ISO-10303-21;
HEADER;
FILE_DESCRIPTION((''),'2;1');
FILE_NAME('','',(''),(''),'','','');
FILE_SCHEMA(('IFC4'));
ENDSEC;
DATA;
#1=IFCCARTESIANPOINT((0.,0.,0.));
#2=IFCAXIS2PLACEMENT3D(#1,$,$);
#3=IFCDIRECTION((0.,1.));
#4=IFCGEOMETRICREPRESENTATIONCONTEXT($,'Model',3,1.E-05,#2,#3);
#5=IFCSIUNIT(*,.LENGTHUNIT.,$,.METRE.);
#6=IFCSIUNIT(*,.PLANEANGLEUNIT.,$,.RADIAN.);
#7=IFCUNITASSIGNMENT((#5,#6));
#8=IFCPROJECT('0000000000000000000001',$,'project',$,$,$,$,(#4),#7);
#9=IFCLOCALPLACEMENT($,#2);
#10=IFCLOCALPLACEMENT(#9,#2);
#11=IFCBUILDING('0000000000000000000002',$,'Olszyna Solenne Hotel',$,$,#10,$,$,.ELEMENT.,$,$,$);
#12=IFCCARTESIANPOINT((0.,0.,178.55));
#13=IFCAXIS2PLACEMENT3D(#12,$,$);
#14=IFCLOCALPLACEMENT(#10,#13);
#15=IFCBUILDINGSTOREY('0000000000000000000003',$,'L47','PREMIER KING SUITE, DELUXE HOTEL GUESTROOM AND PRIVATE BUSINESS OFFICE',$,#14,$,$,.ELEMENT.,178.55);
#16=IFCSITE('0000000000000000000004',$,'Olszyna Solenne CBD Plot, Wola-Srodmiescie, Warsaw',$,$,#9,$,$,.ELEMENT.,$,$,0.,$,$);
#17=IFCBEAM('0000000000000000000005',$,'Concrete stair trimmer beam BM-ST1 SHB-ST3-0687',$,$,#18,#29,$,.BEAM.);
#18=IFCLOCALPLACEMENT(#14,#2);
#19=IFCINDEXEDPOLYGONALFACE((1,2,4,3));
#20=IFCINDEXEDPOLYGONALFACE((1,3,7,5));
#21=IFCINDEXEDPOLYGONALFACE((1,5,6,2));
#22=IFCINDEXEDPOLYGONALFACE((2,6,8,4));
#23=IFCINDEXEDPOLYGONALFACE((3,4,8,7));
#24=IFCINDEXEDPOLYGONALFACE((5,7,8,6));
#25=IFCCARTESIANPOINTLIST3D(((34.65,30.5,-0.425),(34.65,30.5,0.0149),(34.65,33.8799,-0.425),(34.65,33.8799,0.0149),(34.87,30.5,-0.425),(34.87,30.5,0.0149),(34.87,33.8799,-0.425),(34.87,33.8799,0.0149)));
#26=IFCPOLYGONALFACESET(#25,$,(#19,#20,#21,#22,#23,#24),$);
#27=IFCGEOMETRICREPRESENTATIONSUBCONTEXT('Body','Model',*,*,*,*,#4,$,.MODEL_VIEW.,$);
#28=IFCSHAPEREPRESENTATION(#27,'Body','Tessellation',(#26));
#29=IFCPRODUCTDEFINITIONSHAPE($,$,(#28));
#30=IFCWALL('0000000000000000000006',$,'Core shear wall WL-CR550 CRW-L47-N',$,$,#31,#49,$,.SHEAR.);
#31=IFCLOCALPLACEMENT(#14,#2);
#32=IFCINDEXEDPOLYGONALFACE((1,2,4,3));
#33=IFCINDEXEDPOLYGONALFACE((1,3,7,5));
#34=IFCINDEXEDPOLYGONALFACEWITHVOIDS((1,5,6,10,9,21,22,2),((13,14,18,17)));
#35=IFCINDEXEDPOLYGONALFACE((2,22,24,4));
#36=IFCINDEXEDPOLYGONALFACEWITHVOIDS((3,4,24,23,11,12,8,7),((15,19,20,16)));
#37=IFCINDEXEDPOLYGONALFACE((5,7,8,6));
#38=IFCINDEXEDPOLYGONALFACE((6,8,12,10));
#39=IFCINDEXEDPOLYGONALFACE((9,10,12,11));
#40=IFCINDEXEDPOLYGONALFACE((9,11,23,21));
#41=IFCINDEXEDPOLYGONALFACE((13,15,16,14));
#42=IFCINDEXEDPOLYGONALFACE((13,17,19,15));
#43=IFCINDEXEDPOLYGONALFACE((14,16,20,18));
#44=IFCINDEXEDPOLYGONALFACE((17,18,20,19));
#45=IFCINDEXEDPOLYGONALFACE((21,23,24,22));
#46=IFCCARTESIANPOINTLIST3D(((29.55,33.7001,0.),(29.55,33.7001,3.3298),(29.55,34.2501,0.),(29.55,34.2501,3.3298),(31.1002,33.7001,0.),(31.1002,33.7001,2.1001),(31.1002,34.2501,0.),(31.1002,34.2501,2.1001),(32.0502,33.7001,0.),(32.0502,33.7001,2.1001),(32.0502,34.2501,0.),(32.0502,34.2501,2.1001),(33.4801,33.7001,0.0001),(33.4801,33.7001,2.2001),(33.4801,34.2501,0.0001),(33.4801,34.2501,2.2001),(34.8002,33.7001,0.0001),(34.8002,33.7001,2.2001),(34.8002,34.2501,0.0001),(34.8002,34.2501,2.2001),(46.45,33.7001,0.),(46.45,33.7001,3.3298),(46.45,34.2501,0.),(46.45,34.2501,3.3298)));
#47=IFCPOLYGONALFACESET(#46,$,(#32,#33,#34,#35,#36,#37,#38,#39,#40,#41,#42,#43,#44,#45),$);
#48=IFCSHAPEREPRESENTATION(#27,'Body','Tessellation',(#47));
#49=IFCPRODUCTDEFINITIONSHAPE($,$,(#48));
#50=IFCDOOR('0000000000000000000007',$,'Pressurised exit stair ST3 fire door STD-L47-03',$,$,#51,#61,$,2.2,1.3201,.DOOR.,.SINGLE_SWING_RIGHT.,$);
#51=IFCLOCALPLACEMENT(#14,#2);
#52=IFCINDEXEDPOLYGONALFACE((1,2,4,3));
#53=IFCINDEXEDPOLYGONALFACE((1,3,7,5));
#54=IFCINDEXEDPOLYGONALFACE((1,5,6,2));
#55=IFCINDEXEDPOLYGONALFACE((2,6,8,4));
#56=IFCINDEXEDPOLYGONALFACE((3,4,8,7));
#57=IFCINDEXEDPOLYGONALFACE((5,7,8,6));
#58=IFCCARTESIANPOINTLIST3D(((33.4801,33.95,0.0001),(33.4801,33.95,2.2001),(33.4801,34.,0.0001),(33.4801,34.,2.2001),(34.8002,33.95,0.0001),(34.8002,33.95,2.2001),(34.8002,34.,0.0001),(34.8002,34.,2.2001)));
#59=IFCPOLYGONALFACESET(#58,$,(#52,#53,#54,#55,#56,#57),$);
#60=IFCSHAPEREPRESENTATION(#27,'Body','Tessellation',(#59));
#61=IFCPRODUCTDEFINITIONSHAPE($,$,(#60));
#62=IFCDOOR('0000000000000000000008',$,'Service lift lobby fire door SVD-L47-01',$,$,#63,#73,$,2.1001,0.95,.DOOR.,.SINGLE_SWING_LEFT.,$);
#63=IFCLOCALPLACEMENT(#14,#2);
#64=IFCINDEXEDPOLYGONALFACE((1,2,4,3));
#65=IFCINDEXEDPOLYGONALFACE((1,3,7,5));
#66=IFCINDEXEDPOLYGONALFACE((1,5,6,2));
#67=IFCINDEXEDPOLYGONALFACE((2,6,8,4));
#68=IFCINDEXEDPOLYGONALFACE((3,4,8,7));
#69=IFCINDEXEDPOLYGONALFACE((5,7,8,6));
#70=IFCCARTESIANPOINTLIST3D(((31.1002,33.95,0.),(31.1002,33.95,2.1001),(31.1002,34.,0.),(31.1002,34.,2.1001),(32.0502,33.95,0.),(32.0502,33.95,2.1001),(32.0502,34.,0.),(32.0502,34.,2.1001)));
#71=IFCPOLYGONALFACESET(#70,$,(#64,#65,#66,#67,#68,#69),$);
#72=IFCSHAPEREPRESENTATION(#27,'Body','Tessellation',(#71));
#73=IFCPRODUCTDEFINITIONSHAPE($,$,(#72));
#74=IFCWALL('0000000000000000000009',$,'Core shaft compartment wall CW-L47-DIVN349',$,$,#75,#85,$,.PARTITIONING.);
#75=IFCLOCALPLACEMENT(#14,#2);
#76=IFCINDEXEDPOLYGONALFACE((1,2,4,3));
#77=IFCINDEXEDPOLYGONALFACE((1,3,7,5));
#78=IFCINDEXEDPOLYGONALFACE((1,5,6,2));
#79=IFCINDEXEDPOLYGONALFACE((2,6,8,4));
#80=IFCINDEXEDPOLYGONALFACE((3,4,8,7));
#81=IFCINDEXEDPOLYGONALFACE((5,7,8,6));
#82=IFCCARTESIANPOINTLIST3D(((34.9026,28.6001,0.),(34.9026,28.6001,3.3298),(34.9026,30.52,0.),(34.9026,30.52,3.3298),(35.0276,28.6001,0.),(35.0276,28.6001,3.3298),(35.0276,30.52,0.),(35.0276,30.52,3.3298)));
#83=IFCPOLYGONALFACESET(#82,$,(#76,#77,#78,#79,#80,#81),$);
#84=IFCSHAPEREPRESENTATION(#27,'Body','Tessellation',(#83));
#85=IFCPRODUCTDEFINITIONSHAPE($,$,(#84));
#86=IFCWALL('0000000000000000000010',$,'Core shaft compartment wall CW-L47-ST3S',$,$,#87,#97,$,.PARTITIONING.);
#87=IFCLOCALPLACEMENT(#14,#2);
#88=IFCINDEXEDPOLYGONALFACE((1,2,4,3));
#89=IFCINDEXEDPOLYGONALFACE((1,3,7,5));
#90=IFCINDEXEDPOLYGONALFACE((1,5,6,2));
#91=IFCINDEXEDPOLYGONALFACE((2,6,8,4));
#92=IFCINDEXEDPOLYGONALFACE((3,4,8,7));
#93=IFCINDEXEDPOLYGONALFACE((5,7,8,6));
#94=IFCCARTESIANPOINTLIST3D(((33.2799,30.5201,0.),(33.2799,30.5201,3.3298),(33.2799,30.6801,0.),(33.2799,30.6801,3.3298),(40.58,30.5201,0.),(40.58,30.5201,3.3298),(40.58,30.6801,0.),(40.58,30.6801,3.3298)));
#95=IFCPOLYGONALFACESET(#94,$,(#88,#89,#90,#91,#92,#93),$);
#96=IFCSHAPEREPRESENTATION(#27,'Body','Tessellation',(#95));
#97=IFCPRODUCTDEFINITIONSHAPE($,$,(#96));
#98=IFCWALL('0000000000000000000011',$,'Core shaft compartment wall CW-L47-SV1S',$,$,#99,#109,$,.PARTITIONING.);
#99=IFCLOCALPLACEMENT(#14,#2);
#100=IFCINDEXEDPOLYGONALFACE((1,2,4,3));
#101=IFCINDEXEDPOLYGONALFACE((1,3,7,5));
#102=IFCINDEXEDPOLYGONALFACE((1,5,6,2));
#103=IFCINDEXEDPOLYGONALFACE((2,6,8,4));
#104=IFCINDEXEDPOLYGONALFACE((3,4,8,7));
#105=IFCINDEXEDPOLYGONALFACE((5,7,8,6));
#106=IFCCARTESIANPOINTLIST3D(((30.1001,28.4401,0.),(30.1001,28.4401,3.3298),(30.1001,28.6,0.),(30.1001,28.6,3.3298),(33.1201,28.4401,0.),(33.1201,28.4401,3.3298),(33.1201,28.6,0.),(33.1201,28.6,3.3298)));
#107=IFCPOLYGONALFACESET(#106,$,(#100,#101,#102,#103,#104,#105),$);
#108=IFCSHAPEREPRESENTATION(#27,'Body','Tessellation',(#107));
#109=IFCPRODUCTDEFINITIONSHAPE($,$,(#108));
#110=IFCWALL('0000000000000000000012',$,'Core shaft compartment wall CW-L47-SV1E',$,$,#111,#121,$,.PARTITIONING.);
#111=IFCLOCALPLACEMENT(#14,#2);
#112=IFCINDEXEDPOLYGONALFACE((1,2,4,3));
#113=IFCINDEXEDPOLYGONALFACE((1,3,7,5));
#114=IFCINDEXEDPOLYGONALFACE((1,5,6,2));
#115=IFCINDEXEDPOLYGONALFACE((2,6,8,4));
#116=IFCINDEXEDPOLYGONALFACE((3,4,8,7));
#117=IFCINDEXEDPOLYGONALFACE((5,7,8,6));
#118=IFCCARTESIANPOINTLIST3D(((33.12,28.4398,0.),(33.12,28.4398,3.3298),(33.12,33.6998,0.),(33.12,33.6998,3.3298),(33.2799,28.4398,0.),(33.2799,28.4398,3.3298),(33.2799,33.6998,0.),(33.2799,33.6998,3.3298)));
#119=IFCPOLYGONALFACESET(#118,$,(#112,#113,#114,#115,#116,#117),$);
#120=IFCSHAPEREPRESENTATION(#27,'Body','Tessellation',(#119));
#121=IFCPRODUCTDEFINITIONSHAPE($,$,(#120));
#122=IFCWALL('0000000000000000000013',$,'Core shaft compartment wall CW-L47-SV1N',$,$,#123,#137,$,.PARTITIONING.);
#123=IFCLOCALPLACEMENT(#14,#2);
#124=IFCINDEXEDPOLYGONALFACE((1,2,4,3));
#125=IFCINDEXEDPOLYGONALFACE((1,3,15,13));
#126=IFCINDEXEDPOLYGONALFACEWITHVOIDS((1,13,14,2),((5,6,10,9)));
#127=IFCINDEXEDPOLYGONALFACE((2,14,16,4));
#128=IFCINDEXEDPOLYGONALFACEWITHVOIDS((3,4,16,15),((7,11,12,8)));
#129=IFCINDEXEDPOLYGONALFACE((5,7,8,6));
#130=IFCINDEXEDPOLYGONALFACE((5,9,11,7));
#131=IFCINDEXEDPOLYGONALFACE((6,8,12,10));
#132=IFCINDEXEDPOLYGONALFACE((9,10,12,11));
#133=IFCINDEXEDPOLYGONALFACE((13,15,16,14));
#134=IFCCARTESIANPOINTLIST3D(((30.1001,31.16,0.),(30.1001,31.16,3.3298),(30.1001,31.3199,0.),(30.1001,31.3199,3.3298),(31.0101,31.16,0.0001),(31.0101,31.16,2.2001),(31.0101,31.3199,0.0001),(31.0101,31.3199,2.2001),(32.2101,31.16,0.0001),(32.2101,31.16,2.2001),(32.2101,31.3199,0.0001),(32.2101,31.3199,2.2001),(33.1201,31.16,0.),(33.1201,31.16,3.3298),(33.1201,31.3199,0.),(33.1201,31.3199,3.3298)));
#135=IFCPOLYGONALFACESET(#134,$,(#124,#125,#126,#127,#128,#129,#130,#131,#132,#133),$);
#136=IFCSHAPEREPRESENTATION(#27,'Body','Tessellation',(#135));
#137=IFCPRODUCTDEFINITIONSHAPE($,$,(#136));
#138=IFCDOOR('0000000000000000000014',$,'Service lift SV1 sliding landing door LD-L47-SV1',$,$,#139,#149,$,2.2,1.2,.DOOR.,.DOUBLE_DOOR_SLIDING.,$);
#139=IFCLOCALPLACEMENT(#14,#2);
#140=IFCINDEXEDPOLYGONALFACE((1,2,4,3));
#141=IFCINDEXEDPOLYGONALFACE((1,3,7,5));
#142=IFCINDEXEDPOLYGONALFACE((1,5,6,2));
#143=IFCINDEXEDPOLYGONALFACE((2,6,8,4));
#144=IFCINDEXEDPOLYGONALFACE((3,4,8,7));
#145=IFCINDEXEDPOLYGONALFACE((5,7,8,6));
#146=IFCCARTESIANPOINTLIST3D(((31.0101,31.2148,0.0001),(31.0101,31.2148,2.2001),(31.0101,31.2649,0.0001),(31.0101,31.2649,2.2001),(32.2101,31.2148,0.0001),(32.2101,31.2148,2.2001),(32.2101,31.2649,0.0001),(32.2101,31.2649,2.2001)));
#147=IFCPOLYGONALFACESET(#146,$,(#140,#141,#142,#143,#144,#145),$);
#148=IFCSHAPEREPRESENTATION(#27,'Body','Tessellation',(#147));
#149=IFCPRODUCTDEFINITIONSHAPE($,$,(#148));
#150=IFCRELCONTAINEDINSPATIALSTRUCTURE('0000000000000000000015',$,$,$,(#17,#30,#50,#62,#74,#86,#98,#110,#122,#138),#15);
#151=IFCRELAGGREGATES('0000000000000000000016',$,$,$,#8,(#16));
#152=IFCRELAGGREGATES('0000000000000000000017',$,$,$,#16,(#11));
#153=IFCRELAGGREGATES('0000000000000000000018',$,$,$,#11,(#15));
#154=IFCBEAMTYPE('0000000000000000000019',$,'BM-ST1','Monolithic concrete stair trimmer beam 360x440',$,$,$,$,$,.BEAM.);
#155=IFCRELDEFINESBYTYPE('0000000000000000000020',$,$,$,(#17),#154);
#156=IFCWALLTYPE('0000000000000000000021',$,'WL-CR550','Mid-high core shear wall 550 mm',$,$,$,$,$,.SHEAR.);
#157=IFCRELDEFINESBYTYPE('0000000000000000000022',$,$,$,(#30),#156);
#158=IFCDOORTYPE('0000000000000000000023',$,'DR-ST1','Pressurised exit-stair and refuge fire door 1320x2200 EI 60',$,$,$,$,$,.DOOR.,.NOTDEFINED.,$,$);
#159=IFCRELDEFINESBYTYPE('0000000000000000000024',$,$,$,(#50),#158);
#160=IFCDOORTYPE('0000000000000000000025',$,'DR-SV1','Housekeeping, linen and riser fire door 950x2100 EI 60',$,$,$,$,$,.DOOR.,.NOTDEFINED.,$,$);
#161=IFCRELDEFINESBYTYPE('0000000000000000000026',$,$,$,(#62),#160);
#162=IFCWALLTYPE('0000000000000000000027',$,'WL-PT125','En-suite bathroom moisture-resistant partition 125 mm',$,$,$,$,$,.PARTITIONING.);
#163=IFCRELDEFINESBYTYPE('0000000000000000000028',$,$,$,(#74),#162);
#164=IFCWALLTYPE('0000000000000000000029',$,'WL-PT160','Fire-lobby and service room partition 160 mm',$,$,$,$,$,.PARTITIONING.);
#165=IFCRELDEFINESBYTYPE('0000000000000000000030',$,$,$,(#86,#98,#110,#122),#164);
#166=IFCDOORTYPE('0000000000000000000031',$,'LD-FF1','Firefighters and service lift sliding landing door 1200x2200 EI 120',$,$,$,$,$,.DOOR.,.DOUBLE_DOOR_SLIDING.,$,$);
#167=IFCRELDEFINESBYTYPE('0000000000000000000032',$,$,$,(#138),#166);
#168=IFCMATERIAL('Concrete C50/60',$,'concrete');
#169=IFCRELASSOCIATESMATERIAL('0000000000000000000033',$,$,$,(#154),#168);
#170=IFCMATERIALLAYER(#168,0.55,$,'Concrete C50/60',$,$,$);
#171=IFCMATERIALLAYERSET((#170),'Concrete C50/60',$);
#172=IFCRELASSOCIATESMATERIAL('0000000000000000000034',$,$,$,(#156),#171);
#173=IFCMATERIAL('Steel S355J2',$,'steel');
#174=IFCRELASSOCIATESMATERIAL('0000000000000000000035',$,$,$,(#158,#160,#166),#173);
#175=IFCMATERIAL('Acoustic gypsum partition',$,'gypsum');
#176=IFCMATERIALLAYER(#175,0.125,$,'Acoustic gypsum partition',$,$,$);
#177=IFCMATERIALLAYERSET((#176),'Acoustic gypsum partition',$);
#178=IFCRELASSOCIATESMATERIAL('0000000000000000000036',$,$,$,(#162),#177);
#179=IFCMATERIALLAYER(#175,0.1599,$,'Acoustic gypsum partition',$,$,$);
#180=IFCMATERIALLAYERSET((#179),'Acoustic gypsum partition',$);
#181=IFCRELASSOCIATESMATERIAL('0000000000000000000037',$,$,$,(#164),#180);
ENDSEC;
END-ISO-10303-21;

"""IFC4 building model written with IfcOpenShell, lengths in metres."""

from ifc_helpers import new_model, si_unit, direction, frame, frame_2d, origin, origin_2d, place, context, subcontext, project, spatial, rectangle, extrude, source, transform, mapped, material, layer, layer_set, material_profile, profile_set, type_object, type_shapes, element, fill, save


model = new_model("IFC4")

# Units and contexts
model_context = context("Model", 3, precision=1e-05, world=origin(), true_north=direction((0.0, 1.0)))
body_context = subcontext(model_context, "Body", "Model", "MODEL_VIEW")
ifc_project = project(units=[si_unit("LENGTHUNIT", "METRE"), si_unit("PLANEANGLEUNIT", "RADIAN")], contexts=[model_context])

# Site, building, storey
site_placement = place(None, origin())
site = spatial("IfcSite", under=ifc_project, at=site_placement, Name="Olszyna Solenne CBD Plot, Wola-Srodmiescie, Warsaw", CompositionType="ELEMENT", RefElevation=0.0)
building_placement = place(site_placement, origin())
building = spatial("IfcBuilding", under=site, at=building_placement, Name="Olszyna Solenne Hotel", CompositionType="ELEMENT")
storey_placement = place(building_placement, frame((0.0, 0.0, 178.55)))
storey = spatial("IfcBuildingStorey", under=building, at=storey_placement, Name="L47", Description="PREMIER KING SUITE, DELUXE HOTEL GUESTROOM AND PRIVATE BUSINESS OFFICE", CompositionType="ELEMENT", Elevation=178.55)

# Beam
ifc_material_1 = material(Name="Concrete C50/60", Category="concrete")
ifc_material_profile = material_profile(ifc_material_1, rectangle(XDim=0.22, YDim=0.4399, at=origin_2d()), Name="RC 220x440", Category="load-bearing")
ifc_profile_set = profile_set([ifc_material_profile], Name="Concrete C50/60")
beam_type = type_object("IfcBeamType", Name="BM-ST1", Description="Monolithic concrete stair trimmer beam 360x440", PredefinedType="BEAM", material=ifc_profile_set)
shared_shape_1 = source(origin(), body_context, "Body", "SweptSolid", [
    extrude(rectangle(XDim=0.22, YDim=0.4399, at=origin_2d()), origin(), (0.0, 0.0, 1.0), 3.3799),
])
beam_placement = place(storey_placement, frame((34.76, 30.5, -0.2051), z_axis=(0.0, 1.0, 0.0), x_axis=(-1.0, 0.0, 0.0)))
element("IfcBeam", 1, at=beam_placement, inside=storey, type_object=beam_type, Name="Concrete stair trimmer beam BM-ST1 SHB-ST3-0687", PredefinedType="BEAM", context=body_context, shape_type="MappedRepresentation", body=[
    mapped(shared_shape_1, transform((0.0, 0.0, 0.0), x_axis=(1.0, 0.0, 0.0), y_axis=(0.0, 1.0, 0.0), z_axis=(0.0, 0.0, 1.0), scale=1.0)),
])

# Wall, openings, doors
ifc_layer_1 = layer(ifc_material_1, 0.55, Name="Concrete C50/60")
ifc_layer_set_1 = layer_set([ifc_layer_1], Name="Concrete C50/60")
wall_type_1 = type_object("IfcWallType", Name="WL-CR550", Description="Mid-high core shear wall 550 mm", PredefinedType="SHEAR", material=ifc_layer_set_1)
wall_1_placement = place(storey_placement, frame((29.55, 33.9751, 0.0), z_axis=(0.0, 0.0, 1.0), x_axis=(1.0, 0.0, 0.0)))
wall_1 = element("IfcWall", 2, at=wall_1_placement, inside=storey, type_object=wall_type_1, Name="Core shear wall WL-CR550 CRW-L47-N", PredefinedType="SHEAR", context=body_context, shape_type="SweptSolid", body=[
    extrude(rectangle(XDim=16.8999, YDim=0.55, at=frame_2d((8.45, 0.0))), origin(), (0.0, 0.0, 1.0), 3.3298),
])
opening_1_placement = place(wall_1_placement, frame((1.55, 0.0, 0.0)))
opening_1 = element("IfcOpeningElement", 3, at=opening_1_placement, cuts=wall_1, PredefinedType="OPENING", context=body_context, shape_type="SweptSolid", body=[
    extrude(rectangle(XDim=0.95, YDim=2.1001, at=frame_2d((0.4751, 1.05))), frame((0.0, 0.2852, 0.0), z_axis=(0.0, -1.0, 0.0), x_axis=(1.0, 0.0, 0.0)), (0.0, 0.0, 1.0), 0.5701),
])
opening_2_placement = place(wall_1_placement, frame((3.9299, 0.0, 0.0)))
opening_2 = element("IfcOpeningElement", 4, at=opening_2_placement, cuts=wall_1, PredefinedType="OPENING", context=body_context, shape_type="SweptSolid", body=[
    extrude(rectangle(XDim=1.3201, YDim=2.2, at=frame_2d((0.6602, 1.1001))), frame((0.0, 0.2852, 0.0), z_axis=(0.0, -1.0, 0.0), x_axis=(1.0, 0.0, 0.0)), (0.0, 0.0, 1.0), 0.5701),
])
ifc_material_2 = material(Name="Steel S355J2", Category="steel")
door_type_1 = type_object("IfcDoorType", Name="DR-ST1", Description="Pressurised exit-stair and refuge fire door 1320x2200 EI 60", OperationType="NOTDEFINED", PredefinedType="DOOR", material=ifc_material_2)
shared_shape_2 = source(origin(), body_context, "Body", "SweptSolid", [
    extrude(rectangle(XDim=1.3201, YDim=2.2, at=frame_2d((0.6602, 1.1001))), frame((0.0, 0.0249, 0.0), z_axis=(0.0, -1.0, 0.0), x_axis=(1.0, 0.0, 0.0)), (0.0, 0.0, 1.0), 0.05),
])
type_shapes(door_type_1, [shared_shape_2])
door_1_placement = place(opening_2_placement, origin())
door_1 = element("IfcDoor", 5, at=door_1_placement, inside=storey, type_object=door_type_1, Name="Pressurised exit stair ST3 fire door STD-L47-03", OperationType="SINGLE_SWING_RIGHT", OverallHeight=2.2, OverallWidth=1.3201, PredefinedType="DOOR", context=body_context, shape_type="MappedRepresentation", body=[
    mapped(shared_shape_2, transform((0.0, 0.0, 0.0), x_axis=(1.0, 0.0, 0.0), y_axis=(0.0, 1.0, 0.0), z_axis=(0.0, 0.0, 1.0), scale=1.0)),
])
fill(opening_2, door_1)
door_type_2 = type_object("IfcDoorType", Name="DR-SV1", Description="Housekeeping, linen and riser fire door 950x2100 EI 60", OperationType="NOTDEFINED", PredefinedType="DOOR", material=ifc_material_2)
shared_shape_3 = source(origin(), body_context, "Body", "SweptSolid", [
    extrude(rectangle(XDim=0.95, YDim=2.1001, at=frame_2d((0.4751, 1.05))), frame((0.0, 0.0249, 0.0), z_axis=(0.0, -1.0, 0.0), x_axis=(1.0, 0.0, 0.0)), (0.0, 0.0, 1.0), 0.05),
])
type_shapes(door_type_2, [shared_shape_3])
door_2_placement = place(opening_1_placement, origin())
door_2 = element("IfcDoor", 6, at=door_2_placement, inside=storey, type_object=door_type_2, Name="Service lift lobby fire door SVD-L47-01", OperationType="SINGLE_SWING_LEFT", OverallHeight=2.1001, OverallWidth=0.95, PredefinedType="DOOR", context=body_context, shape_type="MappedRepresentation", body=[
    mapped(shared_shape_3, transform((0.0, 0.0, 0.0), x_axis=(1.0, 0.0, 0.0), y_axis=(0.0, 1.0, 0.0), z_axis=(0.0, 0.0, 1.0), scale=1.0)),
])
fill(opening_1, door_2)

# Walls
ifc_material_3 = material(Name="Acoustic gypsum partition", Category="gypsum")
ifc_layer_2 = layer(ifc_material_3, 0.125, Name="Acoustic gypsum partition")
ifc_layer_set_2 = layer_set([ifc_layer_2], Name="Acoustic gypsum partition")
wall_type_2 = type_object("IfcWallType", Name="WL-PT125", Description="En-suite bathroom moisture-resistant partition 125 mm", PredefinedType="PARTITIONING", material=ifc_layer_set_2)
wall_2_placement = place(storey_placement, frame((34.9651, 28.6001, 0.0), z_axis=(0.0, 0.0, 1.0), x_axis=(0.0, 1.0, 0.0)))
element("IfcWall", 7, at=wall_2_placement, inside=storey, type_object=wall_type_2, Name="Core shaft compartment wall CW-L47-DIVN349", PredefinedType="PARTITIONING", context=body_context, shape_type="SweptSolid", body=[
    extrude(rectangle(XDim=1.9199, YDim=0.125, at=frame_2d((0.96, 0.0))), origin(), (0.0, 0.0, 1.0), 3.3298),
])
ifc_layer_3 = layer(ifc_material_3, 0.1599, Name="Acoustic gypsum partition")
ifc_layer_set_3 = layer_set([ifc_layer_3], Name="Acoustic gypsum partition")
wall_type_3 = type_object("IfcWallType", Name="WL-PT160", Description="Fire-lobby and service room partition 160 mm", PredefinedType="PARTITIONING", material=ifc_layer_set_3)
wall_3_placement = place(storey_placement, frame((33.28, 30.6001, 0.0), z_axis=(0.0, 0.0, 1.0), x_axis=(1.0, 0.0, 0.0)))
element("IfcWall", 8, at=wall_3_placement, inside=storey, type_object=wall_type_3, Name="Core shaft compartment wall CW-L47-ST3S", PredefinedType="PARTITIONING", context=body_context, shape_type="SweptSolid", body=[
    extrude(rectangle(XDim=7.3, YDim=0.1599, at=frame_2d((3.6499, 0.0))), origin(), (0.0, 0.0, 1.0), 3.3298),
])
wall_4_placement = place(storey_placement, frame((30.1001, 28.52, 0.0), z_axis=(0.0, 0.0, 1.0), x_axis=(1.0, 0.0, 0.0)))
element("IfcWall", 9, at=wall_4_placement, inside=storey, type_object=wall_type_3, Name="Core shaft compartment wall CW-L47-SV1S", PredefinedType="PARTITIONING", context=body_context, shape_type="SweptSolid", body=[
    extrude(rectangle(XDim=3.02, YDim=0.1599, at=frame_2d((1.51, 0.0))), origin(), (0.0, 0.0, 1.0), 3.3298),
])
wall_5_placement = place(storey_placement, frame((33.2, 28.4399, 0.0), z_axis=(0.0, 0.0, 1.0), x_axis=(0.0, 1.0, 0.0)))
element("IfcWall", 10, at=wall_5_placement, inside=storey, type_object=wall_type_3, Name="Core shaft compartment wall CW-L47-SV1E", PredefinedType="PARTITIONING", context=body_context, shape_type="SweptSolid", body=[
    extrude(rectangle(XDim=5.26, YDim=0.1599, at=frame_2d((2.6299, 0.0))), origin(), (0.0, 0.0, 1.0), 3.3298),
])

# Wall, opening, door
wall_6_placement = place(storey_placement, frame((30.1001, 31.24, 0.0), z_axis=(0.0, 0.0, 1.0), x_axis=(1.0, 0.0, 0.0)))
wall_6 = element("IfcWall", 11, at=wall_6_placement, inside=storey, type_object=wall_type_3, Name="Core shaft compartment wall CW-L47-SV1N", PredefinedType="PARTITIONING", context=body_context, shape_type="SweptSolid", body=[
    extrude(rectangle(XDim=3.02, YDim=0.1599, at=frame_2d((1.51, 0.0))), origin(), (0.0, 0.0, 1.0), 3.3298),
])
opening_3_placement = place(wall_6_placement, frame((0.9099, 0.0, 0.0)))
opening_3 = element("IfcOpeningElement", 12, at=opening_3_placement, cuts=wall_6, PredefinedType="OPENING", context=body_context, shape_type="SweptSolid", body=[
    extrude(rectangle(XDim=1.2, YDim=2.2, at=frame_2d((0.6001, 1.1001))), frame((0.0, 0.0898, 0.0), z_axis=(0.0, -1.0, 0.0), x_axis=(1.0, 0.0, 0.0)), (0.0, 0.0, 1.0), 0.1799),
])
door_type_3 = type_object("IfcDoorType", Name="LD-FF1", Description="Firefighters and service lift sliding landing door 1200x2200 EI 120", OperationType="DOUBLE_DOOR_SLIDING", PredefinedType="DOOR", material=ifc_material_2)
shared_shape_4 = source(origin(), body_context, "Body", "SweptSolid", [
    extrude(rectangle(XDim=1.2, YDim=2.2, at=frame_2d((0.6001, 1.1001))), frame((0.0, 0.0249, 0.0), z_axis=(0.0, -1.0, 0.0), x_axis=(1.0, 0.0, 0.0)), (0.0, 0.0, 1.0), 0.05),
])
type_shapes(door_type_3, [shared_shape_4])
door_3_placement = place(opening_3_placement, origin())
door_3 = element("IfcDoor", 13, at=door_3_placement, inside=storey, type_object=door_type_3, Name="Service lift SV1 sliding landing door LD-L47-SV1", OperationType="DOUBLE_DOOR_SLIDING", OverallHeight=2.2, OverallWidth=1.2, PredefinedType="DOOR", context=body_context, shape_type="MappedRepresentation", body=[
    mapped(shared_shape_4, transform((0.0, 0.0, 0.0), x_axis=(1.0, 0.0, 0.0), y_axis=(0.0, 1.0, 0.0), z_axis=(0.0, 0.0, 1.0), scale=1.0)),
])
fill(opening_3, door_3)

save(model, "model.ifc")
